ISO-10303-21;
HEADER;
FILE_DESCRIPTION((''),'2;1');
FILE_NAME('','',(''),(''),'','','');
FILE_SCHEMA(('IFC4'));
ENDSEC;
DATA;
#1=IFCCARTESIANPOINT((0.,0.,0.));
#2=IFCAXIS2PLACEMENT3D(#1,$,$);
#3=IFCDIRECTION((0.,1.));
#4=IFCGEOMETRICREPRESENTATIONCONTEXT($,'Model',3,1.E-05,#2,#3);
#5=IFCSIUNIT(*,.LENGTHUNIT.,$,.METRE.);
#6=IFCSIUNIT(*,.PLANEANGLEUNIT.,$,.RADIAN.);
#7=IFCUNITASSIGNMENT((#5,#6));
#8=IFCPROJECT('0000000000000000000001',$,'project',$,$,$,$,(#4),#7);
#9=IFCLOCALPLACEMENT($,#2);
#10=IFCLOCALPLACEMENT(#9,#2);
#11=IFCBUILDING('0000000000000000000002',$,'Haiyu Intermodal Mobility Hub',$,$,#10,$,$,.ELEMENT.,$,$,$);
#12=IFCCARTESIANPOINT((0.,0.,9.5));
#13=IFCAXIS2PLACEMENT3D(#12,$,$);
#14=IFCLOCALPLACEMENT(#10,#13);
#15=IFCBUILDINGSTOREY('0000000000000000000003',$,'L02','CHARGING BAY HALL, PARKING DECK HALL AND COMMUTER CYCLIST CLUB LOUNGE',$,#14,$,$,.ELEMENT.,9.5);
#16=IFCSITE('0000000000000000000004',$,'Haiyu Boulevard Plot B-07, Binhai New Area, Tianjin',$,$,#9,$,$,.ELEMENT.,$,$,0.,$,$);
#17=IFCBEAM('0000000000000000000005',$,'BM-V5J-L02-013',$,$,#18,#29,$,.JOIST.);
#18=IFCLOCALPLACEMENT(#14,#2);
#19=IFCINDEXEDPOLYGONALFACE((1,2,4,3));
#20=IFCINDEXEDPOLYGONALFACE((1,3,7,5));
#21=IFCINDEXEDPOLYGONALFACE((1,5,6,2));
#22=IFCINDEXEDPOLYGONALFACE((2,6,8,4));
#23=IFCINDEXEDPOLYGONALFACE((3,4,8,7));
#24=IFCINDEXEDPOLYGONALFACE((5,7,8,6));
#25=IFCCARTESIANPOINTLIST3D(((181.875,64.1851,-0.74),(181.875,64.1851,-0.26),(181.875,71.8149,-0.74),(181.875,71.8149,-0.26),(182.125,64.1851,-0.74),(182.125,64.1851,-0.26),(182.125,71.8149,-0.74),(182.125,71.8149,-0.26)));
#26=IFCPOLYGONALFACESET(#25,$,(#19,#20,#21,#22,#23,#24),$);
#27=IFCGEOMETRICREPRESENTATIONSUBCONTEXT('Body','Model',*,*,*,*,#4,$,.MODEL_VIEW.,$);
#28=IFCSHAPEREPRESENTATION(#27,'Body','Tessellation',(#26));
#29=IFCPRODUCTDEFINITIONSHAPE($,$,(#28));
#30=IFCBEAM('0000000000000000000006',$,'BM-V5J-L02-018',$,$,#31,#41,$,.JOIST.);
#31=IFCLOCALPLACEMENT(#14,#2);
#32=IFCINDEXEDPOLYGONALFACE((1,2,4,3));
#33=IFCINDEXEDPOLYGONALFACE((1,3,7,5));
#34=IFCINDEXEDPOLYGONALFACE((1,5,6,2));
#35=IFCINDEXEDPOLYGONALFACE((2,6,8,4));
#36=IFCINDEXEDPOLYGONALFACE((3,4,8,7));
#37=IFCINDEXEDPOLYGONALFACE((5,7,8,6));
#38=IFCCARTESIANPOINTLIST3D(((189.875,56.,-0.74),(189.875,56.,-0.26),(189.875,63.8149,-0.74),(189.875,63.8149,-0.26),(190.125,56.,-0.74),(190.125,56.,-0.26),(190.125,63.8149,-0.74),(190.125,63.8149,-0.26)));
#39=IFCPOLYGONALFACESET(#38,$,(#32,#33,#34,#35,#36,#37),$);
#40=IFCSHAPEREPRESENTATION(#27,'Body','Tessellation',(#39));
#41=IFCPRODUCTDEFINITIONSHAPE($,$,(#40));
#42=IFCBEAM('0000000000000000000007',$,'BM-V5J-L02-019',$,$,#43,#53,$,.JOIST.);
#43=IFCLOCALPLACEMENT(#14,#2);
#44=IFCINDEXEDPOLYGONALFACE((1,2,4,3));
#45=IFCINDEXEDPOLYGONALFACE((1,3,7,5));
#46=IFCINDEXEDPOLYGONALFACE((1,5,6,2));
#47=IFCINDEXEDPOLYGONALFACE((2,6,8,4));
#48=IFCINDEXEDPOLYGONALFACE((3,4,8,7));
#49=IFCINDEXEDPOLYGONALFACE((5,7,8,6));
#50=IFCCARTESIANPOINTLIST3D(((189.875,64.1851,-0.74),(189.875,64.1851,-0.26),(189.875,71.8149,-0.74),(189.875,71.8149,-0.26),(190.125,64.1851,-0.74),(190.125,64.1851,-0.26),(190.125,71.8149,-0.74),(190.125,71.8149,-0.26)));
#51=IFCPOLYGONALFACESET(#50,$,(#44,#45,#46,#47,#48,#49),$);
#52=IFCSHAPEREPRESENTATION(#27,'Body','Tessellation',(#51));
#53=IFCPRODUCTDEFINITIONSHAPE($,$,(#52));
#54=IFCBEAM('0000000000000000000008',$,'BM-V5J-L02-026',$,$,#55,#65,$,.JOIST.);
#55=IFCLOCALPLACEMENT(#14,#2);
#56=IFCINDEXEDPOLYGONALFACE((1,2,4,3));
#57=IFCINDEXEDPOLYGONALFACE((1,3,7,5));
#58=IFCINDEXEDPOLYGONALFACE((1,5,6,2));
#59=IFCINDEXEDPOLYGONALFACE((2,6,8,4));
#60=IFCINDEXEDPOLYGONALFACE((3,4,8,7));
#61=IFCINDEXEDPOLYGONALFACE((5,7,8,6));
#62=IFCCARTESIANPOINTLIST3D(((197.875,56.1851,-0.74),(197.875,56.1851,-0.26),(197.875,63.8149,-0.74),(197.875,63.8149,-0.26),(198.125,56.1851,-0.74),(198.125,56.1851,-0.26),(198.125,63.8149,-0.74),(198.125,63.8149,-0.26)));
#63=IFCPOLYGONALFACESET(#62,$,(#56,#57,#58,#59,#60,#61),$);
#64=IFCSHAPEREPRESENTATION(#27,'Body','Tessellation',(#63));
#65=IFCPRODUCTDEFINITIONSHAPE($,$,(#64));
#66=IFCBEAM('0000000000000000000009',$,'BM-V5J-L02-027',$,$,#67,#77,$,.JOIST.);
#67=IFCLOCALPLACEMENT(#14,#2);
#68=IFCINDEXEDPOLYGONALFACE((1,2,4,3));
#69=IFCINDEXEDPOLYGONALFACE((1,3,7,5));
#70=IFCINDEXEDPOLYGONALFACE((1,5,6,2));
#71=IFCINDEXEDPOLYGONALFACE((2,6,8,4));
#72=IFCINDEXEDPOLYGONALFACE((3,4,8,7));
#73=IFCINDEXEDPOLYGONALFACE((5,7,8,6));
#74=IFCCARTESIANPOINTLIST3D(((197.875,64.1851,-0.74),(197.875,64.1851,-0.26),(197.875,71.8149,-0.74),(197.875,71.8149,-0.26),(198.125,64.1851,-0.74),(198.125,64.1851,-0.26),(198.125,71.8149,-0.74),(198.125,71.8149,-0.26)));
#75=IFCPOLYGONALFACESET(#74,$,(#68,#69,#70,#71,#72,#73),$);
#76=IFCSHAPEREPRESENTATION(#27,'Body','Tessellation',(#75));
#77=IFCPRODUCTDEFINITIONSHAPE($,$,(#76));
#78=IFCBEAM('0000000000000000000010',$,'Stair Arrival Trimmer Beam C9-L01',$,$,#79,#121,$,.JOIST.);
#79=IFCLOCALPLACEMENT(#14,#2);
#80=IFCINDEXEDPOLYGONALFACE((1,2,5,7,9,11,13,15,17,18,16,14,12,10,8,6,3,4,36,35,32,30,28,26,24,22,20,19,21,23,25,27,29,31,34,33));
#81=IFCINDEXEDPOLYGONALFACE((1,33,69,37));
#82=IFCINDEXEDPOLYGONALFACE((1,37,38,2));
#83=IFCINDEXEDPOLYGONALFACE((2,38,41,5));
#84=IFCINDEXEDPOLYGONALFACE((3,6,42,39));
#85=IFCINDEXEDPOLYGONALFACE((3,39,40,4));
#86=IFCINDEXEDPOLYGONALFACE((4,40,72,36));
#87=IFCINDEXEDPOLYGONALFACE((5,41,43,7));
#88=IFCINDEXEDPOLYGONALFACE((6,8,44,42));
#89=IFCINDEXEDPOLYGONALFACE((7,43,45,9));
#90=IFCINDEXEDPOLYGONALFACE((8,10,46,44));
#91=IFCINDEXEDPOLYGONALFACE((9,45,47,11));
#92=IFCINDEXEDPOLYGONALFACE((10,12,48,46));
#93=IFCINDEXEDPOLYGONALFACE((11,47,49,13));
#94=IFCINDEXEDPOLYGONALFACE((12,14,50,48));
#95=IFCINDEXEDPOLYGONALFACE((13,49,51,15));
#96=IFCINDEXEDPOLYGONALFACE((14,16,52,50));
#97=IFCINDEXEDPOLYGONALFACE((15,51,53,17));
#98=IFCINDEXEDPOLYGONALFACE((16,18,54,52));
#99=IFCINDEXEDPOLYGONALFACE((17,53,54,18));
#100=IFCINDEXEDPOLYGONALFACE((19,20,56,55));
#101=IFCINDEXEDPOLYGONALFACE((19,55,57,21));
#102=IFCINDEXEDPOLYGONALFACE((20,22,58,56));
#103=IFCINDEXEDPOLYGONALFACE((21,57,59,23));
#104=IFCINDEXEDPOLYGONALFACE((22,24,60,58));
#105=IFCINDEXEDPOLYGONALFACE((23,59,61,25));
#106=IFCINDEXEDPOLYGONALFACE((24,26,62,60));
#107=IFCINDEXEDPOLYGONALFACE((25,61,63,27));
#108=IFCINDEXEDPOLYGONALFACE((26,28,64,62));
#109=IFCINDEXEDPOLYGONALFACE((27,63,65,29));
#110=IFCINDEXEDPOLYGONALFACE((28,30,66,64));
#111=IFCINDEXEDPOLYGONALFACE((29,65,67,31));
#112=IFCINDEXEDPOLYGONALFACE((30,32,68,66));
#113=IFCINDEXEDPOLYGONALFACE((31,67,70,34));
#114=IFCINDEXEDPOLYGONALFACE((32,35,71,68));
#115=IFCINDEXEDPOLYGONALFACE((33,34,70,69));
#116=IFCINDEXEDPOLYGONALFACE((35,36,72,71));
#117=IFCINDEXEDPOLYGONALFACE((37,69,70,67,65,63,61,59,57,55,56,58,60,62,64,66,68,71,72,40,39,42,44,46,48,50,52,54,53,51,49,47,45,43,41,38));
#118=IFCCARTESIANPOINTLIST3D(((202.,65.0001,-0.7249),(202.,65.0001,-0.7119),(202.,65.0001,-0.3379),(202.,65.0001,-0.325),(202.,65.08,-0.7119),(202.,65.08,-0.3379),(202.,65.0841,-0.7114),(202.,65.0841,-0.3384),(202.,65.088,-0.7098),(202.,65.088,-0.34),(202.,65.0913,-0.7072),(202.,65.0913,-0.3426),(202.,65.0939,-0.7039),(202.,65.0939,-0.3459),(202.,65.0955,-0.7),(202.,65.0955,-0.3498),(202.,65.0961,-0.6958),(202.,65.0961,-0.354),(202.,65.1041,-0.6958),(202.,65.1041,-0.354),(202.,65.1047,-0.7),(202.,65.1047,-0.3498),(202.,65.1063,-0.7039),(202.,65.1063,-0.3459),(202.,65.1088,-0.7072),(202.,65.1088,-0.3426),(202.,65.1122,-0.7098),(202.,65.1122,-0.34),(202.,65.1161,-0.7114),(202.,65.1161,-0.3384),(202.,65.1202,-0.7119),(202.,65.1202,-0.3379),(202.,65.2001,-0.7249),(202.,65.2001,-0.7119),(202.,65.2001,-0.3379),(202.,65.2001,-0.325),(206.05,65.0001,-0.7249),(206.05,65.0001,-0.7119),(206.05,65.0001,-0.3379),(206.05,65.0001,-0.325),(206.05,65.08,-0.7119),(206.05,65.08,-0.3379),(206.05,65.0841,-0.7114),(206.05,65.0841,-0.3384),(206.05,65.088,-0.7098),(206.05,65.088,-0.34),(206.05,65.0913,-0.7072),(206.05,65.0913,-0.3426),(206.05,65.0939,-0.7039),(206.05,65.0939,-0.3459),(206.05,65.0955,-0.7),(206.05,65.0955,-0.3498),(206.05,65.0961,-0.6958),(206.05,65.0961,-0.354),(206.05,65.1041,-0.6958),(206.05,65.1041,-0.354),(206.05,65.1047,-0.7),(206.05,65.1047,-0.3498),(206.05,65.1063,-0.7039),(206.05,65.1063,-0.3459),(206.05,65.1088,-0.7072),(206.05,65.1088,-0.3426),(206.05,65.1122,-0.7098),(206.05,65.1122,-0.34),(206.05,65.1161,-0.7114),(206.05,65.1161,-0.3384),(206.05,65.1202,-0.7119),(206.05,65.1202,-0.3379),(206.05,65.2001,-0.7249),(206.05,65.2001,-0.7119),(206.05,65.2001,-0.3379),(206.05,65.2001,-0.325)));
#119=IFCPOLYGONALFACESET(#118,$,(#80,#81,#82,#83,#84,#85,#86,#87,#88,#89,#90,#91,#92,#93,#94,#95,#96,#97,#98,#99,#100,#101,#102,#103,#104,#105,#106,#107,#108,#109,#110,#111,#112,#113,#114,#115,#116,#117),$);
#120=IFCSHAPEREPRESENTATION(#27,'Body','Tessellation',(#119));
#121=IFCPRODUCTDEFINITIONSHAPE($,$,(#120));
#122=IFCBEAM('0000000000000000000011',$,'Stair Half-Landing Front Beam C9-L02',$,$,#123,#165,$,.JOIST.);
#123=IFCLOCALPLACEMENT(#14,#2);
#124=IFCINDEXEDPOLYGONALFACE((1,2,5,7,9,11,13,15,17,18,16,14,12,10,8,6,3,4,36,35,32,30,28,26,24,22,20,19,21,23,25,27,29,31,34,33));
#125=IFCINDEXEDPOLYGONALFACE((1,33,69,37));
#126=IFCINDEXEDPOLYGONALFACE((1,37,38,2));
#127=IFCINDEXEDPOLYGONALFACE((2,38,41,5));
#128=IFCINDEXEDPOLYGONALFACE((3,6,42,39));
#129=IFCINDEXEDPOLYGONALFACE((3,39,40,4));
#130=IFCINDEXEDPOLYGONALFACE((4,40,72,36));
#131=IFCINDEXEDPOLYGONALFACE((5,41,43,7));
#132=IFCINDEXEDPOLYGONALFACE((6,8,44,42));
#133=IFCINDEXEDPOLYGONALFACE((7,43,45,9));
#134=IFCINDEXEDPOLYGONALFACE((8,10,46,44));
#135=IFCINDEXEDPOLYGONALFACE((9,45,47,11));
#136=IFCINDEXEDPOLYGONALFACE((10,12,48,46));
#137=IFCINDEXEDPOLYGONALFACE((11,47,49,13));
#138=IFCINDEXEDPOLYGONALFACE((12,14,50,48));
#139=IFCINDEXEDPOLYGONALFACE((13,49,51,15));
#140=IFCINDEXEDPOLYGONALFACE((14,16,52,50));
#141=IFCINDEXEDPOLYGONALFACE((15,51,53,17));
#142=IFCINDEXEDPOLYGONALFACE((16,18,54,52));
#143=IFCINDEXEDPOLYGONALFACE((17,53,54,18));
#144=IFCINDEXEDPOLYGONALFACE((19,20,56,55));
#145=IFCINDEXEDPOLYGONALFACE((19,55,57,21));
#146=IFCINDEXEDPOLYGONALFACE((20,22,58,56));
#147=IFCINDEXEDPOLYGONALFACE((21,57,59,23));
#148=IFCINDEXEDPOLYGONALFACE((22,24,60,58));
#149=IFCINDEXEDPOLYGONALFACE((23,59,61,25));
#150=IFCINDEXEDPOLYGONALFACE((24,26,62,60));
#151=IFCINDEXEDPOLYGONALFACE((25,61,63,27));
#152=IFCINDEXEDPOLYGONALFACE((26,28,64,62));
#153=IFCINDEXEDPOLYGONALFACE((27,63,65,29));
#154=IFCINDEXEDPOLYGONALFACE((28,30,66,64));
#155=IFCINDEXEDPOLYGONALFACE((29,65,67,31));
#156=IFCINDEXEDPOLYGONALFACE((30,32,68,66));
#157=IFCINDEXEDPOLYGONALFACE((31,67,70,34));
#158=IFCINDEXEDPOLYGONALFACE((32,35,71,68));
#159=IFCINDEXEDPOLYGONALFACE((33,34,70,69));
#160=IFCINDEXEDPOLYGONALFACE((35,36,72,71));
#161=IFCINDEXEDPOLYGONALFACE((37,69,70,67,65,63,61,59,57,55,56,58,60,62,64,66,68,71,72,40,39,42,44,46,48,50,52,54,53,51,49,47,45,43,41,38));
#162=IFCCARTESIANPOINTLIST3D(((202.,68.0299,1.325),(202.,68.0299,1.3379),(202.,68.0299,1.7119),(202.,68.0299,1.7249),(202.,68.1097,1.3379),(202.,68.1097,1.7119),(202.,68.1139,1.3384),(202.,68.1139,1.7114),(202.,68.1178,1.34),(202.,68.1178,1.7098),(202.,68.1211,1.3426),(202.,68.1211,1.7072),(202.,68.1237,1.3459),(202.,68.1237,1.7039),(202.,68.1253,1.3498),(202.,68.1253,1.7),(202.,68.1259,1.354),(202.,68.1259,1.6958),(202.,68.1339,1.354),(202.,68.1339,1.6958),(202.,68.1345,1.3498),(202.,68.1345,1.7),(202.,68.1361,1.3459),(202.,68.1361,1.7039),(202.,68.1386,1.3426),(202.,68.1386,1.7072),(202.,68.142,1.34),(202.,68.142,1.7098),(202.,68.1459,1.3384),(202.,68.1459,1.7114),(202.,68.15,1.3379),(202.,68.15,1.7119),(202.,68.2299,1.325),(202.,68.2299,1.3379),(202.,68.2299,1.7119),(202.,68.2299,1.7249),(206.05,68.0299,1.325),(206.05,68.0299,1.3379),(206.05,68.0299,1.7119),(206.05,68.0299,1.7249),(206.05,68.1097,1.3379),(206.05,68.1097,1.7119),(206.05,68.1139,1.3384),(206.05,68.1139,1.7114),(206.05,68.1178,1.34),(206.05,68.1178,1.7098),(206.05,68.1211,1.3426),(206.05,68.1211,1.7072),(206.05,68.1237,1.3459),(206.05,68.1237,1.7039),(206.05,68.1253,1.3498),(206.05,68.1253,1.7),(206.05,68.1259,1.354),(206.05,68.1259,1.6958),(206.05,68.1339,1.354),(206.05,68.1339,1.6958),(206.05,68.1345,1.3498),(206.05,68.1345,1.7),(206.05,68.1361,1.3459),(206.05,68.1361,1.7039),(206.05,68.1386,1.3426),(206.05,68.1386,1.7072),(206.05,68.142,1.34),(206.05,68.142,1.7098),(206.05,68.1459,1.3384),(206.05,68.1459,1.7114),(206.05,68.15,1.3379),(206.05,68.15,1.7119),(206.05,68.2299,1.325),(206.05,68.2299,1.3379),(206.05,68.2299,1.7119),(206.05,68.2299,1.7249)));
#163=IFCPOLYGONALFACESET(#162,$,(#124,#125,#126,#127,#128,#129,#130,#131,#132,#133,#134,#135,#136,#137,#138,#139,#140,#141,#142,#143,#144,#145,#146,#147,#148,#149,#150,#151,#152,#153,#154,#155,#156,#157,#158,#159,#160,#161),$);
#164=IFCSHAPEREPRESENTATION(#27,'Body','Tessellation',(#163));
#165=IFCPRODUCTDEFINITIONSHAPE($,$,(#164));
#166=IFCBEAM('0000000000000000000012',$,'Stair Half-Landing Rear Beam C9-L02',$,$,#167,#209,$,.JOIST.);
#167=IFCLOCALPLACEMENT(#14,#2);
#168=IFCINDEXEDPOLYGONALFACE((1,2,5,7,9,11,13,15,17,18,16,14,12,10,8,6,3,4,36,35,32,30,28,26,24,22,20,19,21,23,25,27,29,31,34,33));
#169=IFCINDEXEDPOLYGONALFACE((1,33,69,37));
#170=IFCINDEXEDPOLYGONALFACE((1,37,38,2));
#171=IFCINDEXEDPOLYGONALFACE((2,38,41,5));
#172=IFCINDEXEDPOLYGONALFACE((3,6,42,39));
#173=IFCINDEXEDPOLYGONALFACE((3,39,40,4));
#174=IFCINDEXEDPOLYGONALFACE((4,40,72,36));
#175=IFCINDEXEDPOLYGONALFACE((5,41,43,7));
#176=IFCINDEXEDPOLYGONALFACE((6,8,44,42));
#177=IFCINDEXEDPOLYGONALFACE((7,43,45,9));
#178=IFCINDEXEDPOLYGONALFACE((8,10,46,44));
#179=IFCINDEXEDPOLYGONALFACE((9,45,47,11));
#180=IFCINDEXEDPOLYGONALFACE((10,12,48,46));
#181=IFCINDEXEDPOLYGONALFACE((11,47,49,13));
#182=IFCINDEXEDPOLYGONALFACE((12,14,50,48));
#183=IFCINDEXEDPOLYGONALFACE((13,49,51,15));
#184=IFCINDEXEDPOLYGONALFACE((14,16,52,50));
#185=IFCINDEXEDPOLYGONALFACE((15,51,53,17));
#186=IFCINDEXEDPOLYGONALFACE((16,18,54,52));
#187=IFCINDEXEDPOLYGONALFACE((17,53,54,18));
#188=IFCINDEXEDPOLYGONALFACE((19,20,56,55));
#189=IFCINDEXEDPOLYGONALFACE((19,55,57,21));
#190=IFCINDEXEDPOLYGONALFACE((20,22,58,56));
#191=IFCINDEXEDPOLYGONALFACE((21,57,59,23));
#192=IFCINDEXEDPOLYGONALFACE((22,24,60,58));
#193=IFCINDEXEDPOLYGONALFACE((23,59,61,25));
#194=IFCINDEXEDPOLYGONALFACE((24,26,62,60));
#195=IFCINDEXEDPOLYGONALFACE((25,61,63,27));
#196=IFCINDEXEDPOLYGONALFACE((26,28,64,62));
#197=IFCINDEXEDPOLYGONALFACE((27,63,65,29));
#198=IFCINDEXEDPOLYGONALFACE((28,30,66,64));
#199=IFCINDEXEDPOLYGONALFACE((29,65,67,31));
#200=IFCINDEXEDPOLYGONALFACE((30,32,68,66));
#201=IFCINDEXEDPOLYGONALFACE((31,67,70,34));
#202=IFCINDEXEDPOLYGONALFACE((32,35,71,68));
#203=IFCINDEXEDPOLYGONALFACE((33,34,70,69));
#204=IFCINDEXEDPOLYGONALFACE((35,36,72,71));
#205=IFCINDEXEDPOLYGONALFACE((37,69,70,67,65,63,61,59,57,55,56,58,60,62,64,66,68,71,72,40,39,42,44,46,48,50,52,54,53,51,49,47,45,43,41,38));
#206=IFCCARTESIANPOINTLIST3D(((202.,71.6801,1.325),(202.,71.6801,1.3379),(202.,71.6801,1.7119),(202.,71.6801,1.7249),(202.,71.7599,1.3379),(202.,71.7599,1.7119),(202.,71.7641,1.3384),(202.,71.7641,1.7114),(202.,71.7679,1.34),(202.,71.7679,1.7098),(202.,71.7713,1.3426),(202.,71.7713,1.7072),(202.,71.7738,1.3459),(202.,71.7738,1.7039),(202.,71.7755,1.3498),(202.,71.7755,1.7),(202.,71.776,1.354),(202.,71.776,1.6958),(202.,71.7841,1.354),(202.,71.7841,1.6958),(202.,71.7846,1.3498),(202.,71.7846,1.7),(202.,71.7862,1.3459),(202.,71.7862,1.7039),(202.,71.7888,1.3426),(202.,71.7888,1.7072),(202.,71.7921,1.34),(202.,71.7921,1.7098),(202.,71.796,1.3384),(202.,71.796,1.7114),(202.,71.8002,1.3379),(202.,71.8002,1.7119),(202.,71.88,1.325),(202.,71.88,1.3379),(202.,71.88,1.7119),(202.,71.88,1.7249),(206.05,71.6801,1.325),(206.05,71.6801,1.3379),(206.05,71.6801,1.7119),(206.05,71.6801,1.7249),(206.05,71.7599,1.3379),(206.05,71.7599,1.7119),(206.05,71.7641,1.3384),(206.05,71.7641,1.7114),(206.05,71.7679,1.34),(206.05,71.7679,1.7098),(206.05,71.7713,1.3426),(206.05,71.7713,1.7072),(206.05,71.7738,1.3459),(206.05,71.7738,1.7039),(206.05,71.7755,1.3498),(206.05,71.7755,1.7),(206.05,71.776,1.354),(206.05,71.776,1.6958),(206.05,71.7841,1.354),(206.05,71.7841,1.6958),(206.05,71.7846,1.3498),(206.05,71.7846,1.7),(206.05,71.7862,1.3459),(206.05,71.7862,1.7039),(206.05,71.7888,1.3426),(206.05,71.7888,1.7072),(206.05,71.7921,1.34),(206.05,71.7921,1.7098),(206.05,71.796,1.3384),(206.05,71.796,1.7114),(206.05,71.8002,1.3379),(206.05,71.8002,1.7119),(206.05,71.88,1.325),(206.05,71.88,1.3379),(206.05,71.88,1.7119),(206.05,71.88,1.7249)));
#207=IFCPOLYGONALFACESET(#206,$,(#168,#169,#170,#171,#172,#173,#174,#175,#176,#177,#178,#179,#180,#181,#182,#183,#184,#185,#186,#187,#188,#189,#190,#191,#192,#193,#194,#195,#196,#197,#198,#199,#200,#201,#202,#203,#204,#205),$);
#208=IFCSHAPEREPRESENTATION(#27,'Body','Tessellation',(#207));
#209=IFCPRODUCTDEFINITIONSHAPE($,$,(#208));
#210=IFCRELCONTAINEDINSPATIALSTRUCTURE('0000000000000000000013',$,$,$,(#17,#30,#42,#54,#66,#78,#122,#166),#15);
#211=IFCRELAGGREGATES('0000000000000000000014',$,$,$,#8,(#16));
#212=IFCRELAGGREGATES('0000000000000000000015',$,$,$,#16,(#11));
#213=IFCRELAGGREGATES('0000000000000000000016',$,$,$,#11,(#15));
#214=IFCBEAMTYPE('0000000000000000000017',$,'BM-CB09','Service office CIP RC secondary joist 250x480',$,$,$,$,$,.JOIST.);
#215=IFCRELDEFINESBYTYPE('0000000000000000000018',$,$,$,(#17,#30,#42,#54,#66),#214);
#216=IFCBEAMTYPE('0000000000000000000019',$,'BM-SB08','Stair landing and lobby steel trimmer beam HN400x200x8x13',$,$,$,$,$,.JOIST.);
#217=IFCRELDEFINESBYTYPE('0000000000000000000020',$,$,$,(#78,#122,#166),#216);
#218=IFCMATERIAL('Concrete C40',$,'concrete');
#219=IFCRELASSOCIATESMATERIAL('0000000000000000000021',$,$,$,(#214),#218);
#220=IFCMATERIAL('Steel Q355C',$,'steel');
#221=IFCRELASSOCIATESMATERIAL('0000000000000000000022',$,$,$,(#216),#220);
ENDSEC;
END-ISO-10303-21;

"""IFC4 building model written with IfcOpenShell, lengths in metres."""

from ifc_helpers import new_model, si_unit, direction, frame, origin, origin_2d, place, context, subcontext, project, spatial, rectangle, i_section, extrude, material, material_profile, profile_set, type_object, element, save


model = new_model("IFC4")

# Units and contexts
model_context = context("Model", 3, precision=1e-05, world=origin(), true_north=direction((0.0, 1.0)))
body_context = subcontext(model_context, "Body", "Model", "MODEL_VIEW")
ifc_project = project(units=[si_unit("LENGTHUNIT", "METRE"), si_unit("PLANEANGLEUNIT", "RADIAN")], contexts=[model_context])

# Site, building, storey
site_placement = place(None, origin())
site = spatial("IfcSite", under=ifc_project, at=site_placement, Name="Haiyu Boulevard Plot B-07, Binhai New Area, Tianjin", CompositionType="ELEMENT", RefElevation=0.0)
building_placement = place(site_placement, origin())
building = spatial("IfcBuilding", under=site, at=building_placement, Name="Haiyu Intermodal Mobility Hub", CompositionType="ELEMENT")
storey_placement = place(building_placement, frame((0.0, 0.0, 9.5)))
storey = spatial("IfcBuildingStorey", under=building, at=storey_placement, Name="L02", Description="CHARGING BAY HALL, PARKING DECK HALL AND COMMUTER CYCLIST CLUB LOUNGE", CompositionType="ELEMENT", Elevation=9.5)

# Shared definitions
ifc_material_1 = material(Name="Concrete C40", Category="concrete")

# Beams
ifc_material_profile_1 = material_profile(ifc_material_1, rectangle(XDim=0.25, YDim=0.48, at=origin_2d()), Name="RCB250x480")
ifc_profile_set_1 = profile_set([ifc_material_profile_1], Name="Concrete C40")
beam_type_1 = type_object("IfcBeamType", Name="BM-CB09", Description="Service office CIP RC secondary joist 250x480", PredefinedType="JOIST", material=ifc_profile_set_1)
beam_1_placement = place(storey_placement, frame((182.0, 64.1851, -0.5), z_axis=(0.0, 1.0, 0.0), x_axis=(-1.0, 0.0, 0.0)))
element("IfcBeam", 1, at=beam_1_placement, inside=storey, type_object=beam_type_1, Name="BM-V5J-L02-013", PredefinedType="JOIST", context=body_context, shape_type="SweptSolid", body=[
    extrude(rectangle(XDim=0.25, YDim=0.48, at=origin_2d()), origin(), (0.0, 0.0, 1.0), 7.6299),
])
beam_2_placement = place(storey_placement, frame((190.0, 56.0, -0.5), z_axis=(0.0, 1.0, 0.0), x_axis=(-1.0, 0.0, 0.0)))
element("IfcBeam", 2, at=beam_2_placement, inside=storey, type_object=beam_type_1, Name="BM-V5J-L02-018", PredefinedType="JOIST", context=body_context, shape_type="SweptSolid", body=[
    extrude(rectangle(XDim=0.25, YDim=0.48, at=origin_2d()), origin(), (0.0, 0.0, 1.0), 7.8149),
])
for number, where, z_axis, x_axis, name in (
    (3, (190.0, 64.1851, -0.5), (0.0, 1.0, 0.0), (-1.0, 0.0, 0.0), "BM-V5J-L02-019"),
    (4, (198.0, 56.1851, -0.5), (0.0, 1.0, 0.0), (-1.0, 0.0, 0.0), "BM-V5J-L02-026"),
    (5, (198.0, 64.1851, -0.5), (0.0, 1.0, 0.0), (-1.0, 0.0, 0.0), "BM-V5J-L02-027"),
):
    element("IfcBeam", number, at=place(storey_placement, frame(where, z_axis=z_axis, x_axis=x_axis)), inside=storey, type_object=beam_type_1, Name=name, PredefinedType="JOIST", context=body_context, shape_type="SweptSolid", body=[
        extrude(rectangle(XDim=0.25, YDim=0.48, at=origin_2d()), origin(), (0.0, 0.0, 1.0), 7.6299),
    ])
ifc_material_2 = material(Name="Steel Q355C", Category="steel")
ifc_material_profile_2 = material_profile(ifc_material_2, i_section(OverallWidth=0.2, OverallDepth=0.3999, WebThickness=0.0081, FlangeThickness=0.0129, FilletRadius=0.0161, at=origin_2d()), Name="HN400x200x8x13")
ifc_profile_set_2 = profile_set([ifc_material_profile_2], Name="Steel Q355C")
beam_type_2 = type_object("IfcBeamType", Name="BM-SB08", Description="Stair landing and lobby steel trimmer beam HN400x200x8x13", PredefinedType="JOIST", material=ifc_profile_set_2)
for number, where, z_axis, x_axis, name in (
    (6, (202.0, 65.1001, -0.5249), (1.0, 0.0, 0.0), (0.0, 1.0, 0.0), "Stair Arrival Trimmer Beam C9-L01"),
    (7, (202.0, 68.1299, 1.5249), (1.0, 0.0, 0.0), (0.0, 1.0, 0.0), "Stair Half-Landing Front Beam C9-L02"),
    (8, (202.0, 71.78, 1.5249), (1.0, 0.0, 0.0), (0.0, 1.0, 0.0), "Stair Half-Landing Rear Beam C9-L02"),
):
    element("IfcBeam", number, at=place(storey_placement, frame(where, z_axis=z_axis, x_axis=x_axis)), inside=storey, type_object=beam_type_2, Name=name, PredefinedType="JOIST", context=body_context, shape_type="SweptSolid", body=[
        extrude(i_section(OverallWidth=0.2, OverallDepth=0.3999, WebThickness=0.0081, FlangeThickness=0.0129, FilletRadius=0.0161, at=origin_2d()), origin(), (0.0, 0.0, 1.0), 4.05),
    ])

save(model, "model.ifc")
